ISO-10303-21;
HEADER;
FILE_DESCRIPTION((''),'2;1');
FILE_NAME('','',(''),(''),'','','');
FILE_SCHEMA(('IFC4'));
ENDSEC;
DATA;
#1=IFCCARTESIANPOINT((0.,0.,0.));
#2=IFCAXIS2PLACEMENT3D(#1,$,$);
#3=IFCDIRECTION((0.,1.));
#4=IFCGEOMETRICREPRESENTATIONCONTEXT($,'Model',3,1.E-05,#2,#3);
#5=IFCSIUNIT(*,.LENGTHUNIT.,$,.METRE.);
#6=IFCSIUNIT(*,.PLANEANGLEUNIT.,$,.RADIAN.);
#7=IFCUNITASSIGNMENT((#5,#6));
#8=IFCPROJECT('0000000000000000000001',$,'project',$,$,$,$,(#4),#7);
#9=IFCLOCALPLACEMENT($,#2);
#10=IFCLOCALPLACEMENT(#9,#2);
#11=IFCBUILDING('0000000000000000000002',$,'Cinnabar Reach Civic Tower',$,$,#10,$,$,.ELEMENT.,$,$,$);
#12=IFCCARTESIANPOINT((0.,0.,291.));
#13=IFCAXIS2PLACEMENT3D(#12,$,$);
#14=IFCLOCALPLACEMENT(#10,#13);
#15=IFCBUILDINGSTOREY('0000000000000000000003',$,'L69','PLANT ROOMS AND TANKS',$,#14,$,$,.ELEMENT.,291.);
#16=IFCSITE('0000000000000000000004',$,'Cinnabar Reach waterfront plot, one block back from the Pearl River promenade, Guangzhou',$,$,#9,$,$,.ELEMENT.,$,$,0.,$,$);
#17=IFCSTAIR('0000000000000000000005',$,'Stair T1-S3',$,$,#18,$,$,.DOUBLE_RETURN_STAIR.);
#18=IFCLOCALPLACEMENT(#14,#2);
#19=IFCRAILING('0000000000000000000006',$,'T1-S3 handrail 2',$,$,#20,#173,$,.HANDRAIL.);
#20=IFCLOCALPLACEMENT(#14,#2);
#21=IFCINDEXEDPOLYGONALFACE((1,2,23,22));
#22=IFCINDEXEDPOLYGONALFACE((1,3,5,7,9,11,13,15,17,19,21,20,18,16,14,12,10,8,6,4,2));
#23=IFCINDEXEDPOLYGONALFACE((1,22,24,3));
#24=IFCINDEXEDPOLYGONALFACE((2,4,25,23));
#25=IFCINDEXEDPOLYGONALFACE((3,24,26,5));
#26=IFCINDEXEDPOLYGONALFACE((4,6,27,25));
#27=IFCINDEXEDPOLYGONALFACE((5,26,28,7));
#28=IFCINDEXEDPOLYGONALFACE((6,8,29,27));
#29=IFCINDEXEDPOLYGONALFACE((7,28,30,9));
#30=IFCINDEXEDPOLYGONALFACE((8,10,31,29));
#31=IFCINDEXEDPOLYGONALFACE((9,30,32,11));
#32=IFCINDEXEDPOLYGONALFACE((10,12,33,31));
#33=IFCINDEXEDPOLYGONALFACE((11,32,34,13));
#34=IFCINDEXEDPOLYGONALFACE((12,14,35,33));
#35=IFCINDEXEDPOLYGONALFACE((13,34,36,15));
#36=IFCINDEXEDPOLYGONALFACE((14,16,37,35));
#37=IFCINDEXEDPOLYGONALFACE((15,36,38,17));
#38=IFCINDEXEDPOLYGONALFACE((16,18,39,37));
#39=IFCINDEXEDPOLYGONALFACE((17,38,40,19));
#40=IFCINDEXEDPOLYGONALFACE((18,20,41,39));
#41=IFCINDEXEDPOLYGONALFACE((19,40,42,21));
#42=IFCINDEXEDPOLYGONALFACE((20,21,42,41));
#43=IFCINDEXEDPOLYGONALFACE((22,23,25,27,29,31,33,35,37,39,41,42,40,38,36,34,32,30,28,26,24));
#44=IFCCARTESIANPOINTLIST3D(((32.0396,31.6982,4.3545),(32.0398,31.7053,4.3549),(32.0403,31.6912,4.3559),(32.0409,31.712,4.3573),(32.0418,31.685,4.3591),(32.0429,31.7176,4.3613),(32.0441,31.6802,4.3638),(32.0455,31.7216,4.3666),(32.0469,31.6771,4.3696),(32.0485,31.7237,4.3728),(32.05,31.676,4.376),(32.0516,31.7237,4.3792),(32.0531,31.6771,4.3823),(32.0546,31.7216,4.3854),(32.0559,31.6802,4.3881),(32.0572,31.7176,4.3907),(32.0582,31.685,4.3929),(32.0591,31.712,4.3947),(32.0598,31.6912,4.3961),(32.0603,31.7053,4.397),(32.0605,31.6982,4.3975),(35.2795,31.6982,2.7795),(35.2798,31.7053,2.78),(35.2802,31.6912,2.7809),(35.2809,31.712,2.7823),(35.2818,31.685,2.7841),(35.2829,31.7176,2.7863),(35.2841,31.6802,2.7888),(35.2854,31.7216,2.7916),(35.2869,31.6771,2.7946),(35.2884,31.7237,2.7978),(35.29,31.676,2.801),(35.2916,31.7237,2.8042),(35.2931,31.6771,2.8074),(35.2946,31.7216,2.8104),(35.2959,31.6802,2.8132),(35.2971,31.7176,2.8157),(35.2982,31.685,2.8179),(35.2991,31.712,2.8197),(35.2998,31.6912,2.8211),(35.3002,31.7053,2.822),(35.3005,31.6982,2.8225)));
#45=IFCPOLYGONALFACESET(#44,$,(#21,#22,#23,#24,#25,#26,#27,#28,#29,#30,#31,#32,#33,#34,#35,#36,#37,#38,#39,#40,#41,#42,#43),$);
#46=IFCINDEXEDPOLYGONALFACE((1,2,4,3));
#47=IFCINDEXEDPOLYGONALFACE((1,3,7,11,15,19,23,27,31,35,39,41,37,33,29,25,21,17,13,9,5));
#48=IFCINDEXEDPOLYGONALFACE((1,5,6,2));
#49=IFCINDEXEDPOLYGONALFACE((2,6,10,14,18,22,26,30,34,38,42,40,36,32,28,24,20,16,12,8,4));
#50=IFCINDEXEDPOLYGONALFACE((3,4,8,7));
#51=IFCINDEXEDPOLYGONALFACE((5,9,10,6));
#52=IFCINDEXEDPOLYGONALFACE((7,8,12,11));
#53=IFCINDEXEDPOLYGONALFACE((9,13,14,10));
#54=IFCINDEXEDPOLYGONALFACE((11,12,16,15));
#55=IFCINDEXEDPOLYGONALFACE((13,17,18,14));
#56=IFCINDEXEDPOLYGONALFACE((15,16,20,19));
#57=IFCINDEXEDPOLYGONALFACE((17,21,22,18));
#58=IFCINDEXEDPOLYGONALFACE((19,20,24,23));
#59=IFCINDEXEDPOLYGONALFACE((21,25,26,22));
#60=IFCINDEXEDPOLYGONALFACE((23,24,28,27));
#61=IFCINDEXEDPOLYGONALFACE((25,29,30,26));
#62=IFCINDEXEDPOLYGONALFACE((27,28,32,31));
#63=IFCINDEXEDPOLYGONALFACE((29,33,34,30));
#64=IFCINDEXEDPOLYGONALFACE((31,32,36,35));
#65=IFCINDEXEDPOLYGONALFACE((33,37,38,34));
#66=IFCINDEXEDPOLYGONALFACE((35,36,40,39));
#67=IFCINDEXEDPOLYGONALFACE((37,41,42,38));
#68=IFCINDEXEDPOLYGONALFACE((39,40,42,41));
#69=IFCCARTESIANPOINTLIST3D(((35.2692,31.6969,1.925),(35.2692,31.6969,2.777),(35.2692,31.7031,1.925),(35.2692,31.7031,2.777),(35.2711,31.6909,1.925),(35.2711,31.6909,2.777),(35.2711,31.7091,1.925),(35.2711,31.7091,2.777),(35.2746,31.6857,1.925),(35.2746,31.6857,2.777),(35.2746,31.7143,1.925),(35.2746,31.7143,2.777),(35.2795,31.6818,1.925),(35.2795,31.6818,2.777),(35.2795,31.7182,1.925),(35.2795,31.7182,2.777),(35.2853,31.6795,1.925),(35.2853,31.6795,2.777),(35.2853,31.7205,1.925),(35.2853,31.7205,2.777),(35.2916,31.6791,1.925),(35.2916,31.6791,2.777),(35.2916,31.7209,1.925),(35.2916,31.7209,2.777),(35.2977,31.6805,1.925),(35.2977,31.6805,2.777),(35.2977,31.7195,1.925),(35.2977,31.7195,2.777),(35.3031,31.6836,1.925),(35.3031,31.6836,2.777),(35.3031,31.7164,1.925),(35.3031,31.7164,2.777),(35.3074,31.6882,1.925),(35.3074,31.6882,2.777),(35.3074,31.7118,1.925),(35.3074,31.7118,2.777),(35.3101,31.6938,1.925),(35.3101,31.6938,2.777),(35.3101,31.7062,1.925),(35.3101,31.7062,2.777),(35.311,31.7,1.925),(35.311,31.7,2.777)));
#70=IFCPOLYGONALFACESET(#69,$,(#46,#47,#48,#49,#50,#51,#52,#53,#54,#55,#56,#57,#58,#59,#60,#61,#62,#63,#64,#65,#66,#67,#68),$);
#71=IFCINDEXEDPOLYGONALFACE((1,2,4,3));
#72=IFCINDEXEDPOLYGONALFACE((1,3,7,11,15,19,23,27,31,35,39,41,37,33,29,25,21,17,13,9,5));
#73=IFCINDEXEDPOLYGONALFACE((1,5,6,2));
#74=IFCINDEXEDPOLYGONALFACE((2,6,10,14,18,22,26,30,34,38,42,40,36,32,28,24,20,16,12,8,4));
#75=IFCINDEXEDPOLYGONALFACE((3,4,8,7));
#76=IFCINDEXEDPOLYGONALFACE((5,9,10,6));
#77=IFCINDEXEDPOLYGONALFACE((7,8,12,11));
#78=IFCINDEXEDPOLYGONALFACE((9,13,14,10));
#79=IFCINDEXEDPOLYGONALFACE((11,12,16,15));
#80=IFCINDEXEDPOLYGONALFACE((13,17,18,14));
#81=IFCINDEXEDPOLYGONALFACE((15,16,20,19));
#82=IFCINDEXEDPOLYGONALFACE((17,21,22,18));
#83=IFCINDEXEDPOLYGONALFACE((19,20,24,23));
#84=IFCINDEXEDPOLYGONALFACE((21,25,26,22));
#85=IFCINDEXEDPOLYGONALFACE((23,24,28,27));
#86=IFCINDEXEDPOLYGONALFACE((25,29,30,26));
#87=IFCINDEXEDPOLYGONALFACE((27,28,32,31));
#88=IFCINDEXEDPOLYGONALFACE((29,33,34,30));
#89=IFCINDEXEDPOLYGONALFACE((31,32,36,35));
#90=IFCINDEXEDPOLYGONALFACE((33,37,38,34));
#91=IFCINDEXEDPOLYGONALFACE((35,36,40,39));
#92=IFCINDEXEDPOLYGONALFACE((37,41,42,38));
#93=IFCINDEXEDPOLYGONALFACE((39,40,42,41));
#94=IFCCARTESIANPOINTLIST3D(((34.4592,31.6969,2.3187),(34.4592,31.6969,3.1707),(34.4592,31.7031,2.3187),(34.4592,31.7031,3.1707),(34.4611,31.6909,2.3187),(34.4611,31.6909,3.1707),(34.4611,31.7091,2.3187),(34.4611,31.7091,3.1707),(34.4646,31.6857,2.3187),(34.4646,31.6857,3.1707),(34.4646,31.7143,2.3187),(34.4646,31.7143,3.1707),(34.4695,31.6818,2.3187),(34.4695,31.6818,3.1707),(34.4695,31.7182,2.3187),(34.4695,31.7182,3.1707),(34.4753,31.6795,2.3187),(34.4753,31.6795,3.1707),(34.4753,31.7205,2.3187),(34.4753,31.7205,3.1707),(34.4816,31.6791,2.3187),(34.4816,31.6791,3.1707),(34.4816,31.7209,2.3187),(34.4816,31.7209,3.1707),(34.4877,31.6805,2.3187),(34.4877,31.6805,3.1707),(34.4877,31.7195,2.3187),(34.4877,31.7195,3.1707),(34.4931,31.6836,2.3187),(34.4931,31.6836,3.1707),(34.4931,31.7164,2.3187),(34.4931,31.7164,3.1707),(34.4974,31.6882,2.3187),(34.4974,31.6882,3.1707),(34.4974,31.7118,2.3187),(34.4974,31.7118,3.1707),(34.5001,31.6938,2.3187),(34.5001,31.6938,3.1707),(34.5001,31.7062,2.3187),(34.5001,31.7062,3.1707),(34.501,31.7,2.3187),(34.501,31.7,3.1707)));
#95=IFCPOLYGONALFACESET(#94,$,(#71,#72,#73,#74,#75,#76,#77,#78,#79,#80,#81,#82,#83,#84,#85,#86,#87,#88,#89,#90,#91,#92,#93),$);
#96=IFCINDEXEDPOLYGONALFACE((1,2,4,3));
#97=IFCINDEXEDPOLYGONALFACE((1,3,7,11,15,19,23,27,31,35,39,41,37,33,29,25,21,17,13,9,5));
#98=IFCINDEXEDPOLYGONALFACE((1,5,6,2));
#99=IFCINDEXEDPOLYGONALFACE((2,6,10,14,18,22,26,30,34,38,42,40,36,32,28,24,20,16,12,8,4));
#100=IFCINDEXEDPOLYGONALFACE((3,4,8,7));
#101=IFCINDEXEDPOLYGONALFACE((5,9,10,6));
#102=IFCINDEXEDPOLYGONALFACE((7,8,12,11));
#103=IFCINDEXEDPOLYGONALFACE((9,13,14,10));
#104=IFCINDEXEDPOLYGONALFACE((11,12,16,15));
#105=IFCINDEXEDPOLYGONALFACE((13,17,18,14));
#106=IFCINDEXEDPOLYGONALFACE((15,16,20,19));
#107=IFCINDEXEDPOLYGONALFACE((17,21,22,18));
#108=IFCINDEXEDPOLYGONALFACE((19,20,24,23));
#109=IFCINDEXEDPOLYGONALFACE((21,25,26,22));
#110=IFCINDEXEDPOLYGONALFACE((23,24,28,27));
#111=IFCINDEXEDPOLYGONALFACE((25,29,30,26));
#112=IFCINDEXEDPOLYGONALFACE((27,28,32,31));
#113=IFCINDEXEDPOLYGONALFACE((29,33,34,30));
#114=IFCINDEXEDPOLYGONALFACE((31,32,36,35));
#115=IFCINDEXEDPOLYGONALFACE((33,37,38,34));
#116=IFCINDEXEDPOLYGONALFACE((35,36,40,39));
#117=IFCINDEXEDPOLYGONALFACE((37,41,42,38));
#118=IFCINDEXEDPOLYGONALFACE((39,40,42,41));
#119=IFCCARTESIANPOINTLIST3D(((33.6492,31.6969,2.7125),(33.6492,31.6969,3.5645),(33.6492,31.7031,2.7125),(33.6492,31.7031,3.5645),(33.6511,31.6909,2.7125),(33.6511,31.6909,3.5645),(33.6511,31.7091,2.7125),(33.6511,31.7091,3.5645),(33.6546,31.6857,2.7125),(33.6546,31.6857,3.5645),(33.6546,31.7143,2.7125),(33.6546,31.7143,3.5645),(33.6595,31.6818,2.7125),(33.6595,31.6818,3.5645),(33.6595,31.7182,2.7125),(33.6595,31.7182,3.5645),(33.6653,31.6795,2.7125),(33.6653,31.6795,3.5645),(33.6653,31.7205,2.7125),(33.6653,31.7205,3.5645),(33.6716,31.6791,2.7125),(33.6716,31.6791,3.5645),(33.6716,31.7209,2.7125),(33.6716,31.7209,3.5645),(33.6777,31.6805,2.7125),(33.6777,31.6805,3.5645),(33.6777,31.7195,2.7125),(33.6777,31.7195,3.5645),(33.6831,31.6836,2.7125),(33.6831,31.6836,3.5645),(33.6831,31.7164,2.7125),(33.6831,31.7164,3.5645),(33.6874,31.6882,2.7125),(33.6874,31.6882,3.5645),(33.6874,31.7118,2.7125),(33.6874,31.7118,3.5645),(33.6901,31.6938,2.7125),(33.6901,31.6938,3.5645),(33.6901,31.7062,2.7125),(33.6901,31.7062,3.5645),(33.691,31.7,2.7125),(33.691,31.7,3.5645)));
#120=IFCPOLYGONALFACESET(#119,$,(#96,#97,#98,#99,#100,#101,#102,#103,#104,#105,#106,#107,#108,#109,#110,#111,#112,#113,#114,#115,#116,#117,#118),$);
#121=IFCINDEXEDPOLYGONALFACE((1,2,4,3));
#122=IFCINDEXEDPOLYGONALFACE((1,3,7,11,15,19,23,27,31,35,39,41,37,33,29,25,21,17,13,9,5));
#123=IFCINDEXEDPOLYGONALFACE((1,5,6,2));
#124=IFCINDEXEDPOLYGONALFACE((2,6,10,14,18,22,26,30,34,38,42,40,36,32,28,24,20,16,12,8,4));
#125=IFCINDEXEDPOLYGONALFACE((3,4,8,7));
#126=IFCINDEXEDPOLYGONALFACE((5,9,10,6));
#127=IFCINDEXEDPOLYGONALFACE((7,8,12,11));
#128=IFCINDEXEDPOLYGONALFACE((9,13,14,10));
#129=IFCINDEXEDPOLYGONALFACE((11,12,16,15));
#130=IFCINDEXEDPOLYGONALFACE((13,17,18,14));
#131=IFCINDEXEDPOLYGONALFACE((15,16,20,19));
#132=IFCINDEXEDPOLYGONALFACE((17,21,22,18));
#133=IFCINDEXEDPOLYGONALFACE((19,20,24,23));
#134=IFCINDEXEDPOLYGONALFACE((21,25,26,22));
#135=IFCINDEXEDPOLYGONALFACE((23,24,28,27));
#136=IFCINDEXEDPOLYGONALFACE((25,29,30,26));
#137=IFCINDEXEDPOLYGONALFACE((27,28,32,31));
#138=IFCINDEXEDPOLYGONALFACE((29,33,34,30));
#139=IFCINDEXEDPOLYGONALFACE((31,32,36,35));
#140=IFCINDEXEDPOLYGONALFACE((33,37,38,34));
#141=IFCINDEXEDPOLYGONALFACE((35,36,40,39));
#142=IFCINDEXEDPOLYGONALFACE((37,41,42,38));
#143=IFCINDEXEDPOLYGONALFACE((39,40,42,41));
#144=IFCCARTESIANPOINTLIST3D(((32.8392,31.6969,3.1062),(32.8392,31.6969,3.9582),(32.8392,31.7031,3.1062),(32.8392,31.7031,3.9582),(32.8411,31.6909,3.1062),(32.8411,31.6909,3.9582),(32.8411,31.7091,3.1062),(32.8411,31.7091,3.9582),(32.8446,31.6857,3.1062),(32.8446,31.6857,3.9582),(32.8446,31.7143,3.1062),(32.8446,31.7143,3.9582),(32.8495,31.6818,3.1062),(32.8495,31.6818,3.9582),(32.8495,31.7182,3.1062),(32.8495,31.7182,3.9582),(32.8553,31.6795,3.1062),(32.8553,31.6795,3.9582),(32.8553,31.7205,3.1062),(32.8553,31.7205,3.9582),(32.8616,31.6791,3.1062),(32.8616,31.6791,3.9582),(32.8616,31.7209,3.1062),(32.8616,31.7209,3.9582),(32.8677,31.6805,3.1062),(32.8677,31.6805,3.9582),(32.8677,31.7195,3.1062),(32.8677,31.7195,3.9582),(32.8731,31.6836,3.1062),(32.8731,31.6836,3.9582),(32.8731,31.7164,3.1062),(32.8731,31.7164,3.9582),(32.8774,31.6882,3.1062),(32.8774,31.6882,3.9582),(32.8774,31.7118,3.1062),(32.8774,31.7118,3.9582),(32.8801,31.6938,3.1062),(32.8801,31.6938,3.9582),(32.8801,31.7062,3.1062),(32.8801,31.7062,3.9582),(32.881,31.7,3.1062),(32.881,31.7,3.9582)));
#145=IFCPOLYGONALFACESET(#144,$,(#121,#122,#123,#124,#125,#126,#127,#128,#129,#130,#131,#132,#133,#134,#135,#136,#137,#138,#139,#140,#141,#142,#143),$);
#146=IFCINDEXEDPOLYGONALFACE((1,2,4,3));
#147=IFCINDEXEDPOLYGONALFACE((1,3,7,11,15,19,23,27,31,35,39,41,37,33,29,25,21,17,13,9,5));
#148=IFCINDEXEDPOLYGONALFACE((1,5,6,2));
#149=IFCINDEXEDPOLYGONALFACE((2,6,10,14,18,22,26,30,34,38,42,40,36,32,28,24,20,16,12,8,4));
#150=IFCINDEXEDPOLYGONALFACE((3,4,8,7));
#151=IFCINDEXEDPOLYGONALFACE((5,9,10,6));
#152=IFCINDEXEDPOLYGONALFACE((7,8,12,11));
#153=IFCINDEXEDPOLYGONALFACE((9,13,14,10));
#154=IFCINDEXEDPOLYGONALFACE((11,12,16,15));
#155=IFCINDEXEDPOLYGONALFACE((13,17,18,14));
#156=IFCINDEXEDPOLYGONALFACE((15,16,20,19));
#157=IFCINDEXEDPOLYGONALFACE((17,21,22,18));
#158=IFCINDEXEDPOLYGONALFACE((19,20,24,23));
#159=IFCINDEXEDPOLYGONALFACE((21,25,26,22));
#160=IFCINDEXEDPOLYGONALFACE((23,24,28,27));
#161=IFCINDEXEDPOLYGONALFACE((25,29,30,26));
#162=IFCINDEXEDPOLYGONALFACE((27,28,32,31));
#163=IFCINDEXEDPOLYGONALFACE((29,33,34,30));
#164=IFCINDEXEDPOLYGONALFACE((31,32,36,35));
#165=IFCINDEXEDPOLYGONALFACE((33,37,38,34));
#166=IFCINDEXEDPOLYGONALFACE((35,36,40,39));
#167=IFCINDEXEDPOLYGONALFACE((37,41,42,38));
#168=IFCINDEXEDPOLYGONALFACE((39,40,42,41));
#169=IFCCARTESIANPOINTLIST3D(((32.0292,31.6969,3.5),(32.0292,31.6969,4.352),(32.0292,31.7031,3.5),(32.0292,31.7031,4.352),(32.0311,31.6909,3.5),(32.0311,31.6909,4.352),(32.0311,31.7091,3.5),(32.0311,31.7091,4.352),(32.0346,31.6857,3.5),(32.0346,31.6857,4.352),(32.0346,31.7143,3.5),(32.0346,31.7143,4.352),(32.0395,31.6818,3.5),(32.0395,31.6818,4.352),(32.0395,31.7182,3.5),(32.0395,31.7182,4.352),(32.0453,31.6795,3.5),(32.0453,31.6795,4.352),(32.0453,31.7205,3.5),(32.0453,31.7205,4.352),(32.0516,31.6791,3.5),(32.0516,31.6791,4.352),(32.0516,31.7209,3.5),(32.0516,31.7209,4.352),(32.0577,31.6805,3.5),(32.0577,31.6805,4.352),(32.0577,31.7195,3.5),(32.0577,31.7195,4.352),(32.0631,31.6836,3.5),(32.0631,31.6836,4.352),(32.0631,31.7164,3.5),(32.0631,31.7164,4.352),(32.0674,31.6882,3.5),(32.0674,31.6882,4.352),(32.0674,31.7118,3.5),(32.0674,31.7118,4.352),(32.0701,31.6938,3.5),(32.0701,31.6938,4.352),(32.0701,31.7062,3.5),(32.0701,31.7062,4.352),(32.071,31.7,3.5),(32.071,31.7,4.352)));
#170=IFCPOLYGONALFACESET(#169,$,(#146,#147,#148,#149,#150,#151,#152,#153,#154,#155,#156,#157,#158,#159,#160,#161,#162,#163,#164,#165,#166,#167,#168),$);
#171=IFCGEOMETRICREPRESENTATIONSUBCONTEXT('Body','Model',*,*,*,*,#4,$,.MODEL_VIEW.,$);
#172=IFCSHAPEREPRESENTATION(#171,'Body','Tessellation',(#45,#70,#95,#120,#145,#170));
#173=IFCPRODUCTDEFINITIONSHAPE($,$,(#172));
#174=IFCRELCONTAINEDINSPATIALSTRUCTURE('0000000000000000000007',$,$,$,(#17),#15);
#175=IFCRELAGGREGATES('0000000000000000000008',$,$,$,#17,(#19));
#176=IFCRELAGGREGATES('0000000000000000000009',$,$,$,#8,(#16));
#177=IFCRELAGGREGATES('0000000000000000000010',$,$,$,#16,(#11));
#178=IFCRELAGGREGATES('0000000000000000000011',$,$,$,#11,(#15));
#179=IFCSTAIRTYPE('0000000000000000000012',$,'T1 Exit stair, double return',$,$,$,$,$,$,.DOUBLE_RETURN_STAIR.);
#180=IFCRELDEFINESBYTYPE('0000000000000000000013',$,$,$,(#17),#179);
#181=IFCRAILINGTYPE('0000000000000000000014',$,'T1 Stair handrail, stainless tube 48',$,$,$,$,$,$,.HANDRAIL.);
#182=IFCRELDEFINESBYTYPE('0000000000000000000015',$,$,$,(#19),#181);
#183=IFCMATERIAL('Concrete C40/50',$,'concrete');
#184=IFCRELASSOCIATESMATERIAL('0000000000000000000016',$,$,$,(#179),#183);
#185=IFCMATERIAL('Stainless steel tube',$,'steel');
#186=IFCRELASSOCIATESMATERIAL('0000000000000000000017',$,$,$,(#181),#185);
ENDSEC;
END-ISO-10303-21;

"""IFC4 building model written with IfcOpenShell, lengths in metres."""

from ifc_helpers import new_model, si_unit, direction, frame, origin, origin_2d, place, context, subcontext, project, spatial, circle, extrude, material, type_object, element, aggregate, save


model = new_model("IFC4")

# Units and contexts
model_context = context("Model", 3, precision=1e-05, world=origin(), true_north=direction((0.0, 1.0)))
body_context = subcontext(model_context, "Body", "Model", "MODEL_VIEW")
ifc_project = project(units=[si_unit("LENGTHUNIT", "METRE"), si_unit("PLANEANGLEUNIT", "RADIAN")], contexts=[model_context])

# Site, building, storey
site_placement = place(None, origin())
site = spatial("IfcSite", under=ifc_project, at=site_placement, Name="Cinnabar Reach waterfront plot, one block back from the Pearl River promenade, Guangzhou", CompositionType="ELEMENT", RefElevation=0.0)
building_placement = place(site_placement, origin())
building = spatial("IfcBuilding", under=site, at=building_placement, Name="Cinnabar Reach Civic Tower", CompositionType="ELEMENT")
storey_placement = place(building_placement, frame((0.0, 0.0, 291.0)))
storey = spatial("IfcBuildingStorey", under=building, at=storey_placement, Name="L69", Description="PLANT ROOMS AND TANKS", CompositionType="ELEMENT", Elevation=291.0)

# Stair, railing
ifc_material_1 = material(Name="Concrete C40/50", Category="concrete")
stair_type = type_object("IfcStairType", Name="T1 Exit stair, double return", PredefinedType="DOUBLE_RETURN_STAIR", material=ifc_material_1)
stair_placement = place(storey_placement, origin())
stair = element("IfcStair", 1, at=stair_placement, inside=storey, type_object=stair_type, Name="Stair T1-S3", PredefinedType="DOUBLE_RETURN_STAIR")
ifc_material_2 = material(Name="Stainless steel tube", Category="steel")
railing_type = type_object("IfcRailingType", Name="T1 Stair handrail, stainless tube 48", PredefinedType="HANDRAIL", material=ifc_material_2)
railing_1_placement = place(storey_placement, frame((35.29, 31.7, 1.925)))
railing_1 = element("IfcRailing", 2, at=railing_1_placement, type_object=railing_type, Name="T1-S3 handrail 2", PredefinedType="HANDRAIL", context=body_context, shape_type="SweptSolid", body=[
    extrude(circle(Radius=0.024, at=origin_2d()), frame((0.0, 0.0, 0.876), z_axis=(-0.899368, 0.0, 0.437193), x_axis=(0.0, -1.0, 0.0)), (0.0, 0.0, 1.0), 3.6025),
    extrude(circle(Radius=0.021, at=origin_2d()), origin(), (0.0, 0.0, 1.0), 0.852),
    extrude(circle(Radius=0.021, at=origin_2d()), frame((-0.81, 0.0, 0.3937)), (0.0, 0.0, 1.0), 0.852),
    extrude(circle(Radius=0.021, at=origin_2d()), frame((-1.62, 0.0, 0.7875)), (0.0, 0.0, 1.0), 0.852),
    extrude(circle(Radius=0.021, at=origin_2d()), frame((-2.43, 0.0, 1.1812)), (0.0, 0.0, 1.0), 0.852),
    extrude(circle(Radius=0.021, at=origin_2d()), frame((-3.24, 0.0, 1.575)), (0.0, 0.0, 1.0), 0.852),
])
aggregate(stair, [railing_1])

save(model, "model.ifc")
